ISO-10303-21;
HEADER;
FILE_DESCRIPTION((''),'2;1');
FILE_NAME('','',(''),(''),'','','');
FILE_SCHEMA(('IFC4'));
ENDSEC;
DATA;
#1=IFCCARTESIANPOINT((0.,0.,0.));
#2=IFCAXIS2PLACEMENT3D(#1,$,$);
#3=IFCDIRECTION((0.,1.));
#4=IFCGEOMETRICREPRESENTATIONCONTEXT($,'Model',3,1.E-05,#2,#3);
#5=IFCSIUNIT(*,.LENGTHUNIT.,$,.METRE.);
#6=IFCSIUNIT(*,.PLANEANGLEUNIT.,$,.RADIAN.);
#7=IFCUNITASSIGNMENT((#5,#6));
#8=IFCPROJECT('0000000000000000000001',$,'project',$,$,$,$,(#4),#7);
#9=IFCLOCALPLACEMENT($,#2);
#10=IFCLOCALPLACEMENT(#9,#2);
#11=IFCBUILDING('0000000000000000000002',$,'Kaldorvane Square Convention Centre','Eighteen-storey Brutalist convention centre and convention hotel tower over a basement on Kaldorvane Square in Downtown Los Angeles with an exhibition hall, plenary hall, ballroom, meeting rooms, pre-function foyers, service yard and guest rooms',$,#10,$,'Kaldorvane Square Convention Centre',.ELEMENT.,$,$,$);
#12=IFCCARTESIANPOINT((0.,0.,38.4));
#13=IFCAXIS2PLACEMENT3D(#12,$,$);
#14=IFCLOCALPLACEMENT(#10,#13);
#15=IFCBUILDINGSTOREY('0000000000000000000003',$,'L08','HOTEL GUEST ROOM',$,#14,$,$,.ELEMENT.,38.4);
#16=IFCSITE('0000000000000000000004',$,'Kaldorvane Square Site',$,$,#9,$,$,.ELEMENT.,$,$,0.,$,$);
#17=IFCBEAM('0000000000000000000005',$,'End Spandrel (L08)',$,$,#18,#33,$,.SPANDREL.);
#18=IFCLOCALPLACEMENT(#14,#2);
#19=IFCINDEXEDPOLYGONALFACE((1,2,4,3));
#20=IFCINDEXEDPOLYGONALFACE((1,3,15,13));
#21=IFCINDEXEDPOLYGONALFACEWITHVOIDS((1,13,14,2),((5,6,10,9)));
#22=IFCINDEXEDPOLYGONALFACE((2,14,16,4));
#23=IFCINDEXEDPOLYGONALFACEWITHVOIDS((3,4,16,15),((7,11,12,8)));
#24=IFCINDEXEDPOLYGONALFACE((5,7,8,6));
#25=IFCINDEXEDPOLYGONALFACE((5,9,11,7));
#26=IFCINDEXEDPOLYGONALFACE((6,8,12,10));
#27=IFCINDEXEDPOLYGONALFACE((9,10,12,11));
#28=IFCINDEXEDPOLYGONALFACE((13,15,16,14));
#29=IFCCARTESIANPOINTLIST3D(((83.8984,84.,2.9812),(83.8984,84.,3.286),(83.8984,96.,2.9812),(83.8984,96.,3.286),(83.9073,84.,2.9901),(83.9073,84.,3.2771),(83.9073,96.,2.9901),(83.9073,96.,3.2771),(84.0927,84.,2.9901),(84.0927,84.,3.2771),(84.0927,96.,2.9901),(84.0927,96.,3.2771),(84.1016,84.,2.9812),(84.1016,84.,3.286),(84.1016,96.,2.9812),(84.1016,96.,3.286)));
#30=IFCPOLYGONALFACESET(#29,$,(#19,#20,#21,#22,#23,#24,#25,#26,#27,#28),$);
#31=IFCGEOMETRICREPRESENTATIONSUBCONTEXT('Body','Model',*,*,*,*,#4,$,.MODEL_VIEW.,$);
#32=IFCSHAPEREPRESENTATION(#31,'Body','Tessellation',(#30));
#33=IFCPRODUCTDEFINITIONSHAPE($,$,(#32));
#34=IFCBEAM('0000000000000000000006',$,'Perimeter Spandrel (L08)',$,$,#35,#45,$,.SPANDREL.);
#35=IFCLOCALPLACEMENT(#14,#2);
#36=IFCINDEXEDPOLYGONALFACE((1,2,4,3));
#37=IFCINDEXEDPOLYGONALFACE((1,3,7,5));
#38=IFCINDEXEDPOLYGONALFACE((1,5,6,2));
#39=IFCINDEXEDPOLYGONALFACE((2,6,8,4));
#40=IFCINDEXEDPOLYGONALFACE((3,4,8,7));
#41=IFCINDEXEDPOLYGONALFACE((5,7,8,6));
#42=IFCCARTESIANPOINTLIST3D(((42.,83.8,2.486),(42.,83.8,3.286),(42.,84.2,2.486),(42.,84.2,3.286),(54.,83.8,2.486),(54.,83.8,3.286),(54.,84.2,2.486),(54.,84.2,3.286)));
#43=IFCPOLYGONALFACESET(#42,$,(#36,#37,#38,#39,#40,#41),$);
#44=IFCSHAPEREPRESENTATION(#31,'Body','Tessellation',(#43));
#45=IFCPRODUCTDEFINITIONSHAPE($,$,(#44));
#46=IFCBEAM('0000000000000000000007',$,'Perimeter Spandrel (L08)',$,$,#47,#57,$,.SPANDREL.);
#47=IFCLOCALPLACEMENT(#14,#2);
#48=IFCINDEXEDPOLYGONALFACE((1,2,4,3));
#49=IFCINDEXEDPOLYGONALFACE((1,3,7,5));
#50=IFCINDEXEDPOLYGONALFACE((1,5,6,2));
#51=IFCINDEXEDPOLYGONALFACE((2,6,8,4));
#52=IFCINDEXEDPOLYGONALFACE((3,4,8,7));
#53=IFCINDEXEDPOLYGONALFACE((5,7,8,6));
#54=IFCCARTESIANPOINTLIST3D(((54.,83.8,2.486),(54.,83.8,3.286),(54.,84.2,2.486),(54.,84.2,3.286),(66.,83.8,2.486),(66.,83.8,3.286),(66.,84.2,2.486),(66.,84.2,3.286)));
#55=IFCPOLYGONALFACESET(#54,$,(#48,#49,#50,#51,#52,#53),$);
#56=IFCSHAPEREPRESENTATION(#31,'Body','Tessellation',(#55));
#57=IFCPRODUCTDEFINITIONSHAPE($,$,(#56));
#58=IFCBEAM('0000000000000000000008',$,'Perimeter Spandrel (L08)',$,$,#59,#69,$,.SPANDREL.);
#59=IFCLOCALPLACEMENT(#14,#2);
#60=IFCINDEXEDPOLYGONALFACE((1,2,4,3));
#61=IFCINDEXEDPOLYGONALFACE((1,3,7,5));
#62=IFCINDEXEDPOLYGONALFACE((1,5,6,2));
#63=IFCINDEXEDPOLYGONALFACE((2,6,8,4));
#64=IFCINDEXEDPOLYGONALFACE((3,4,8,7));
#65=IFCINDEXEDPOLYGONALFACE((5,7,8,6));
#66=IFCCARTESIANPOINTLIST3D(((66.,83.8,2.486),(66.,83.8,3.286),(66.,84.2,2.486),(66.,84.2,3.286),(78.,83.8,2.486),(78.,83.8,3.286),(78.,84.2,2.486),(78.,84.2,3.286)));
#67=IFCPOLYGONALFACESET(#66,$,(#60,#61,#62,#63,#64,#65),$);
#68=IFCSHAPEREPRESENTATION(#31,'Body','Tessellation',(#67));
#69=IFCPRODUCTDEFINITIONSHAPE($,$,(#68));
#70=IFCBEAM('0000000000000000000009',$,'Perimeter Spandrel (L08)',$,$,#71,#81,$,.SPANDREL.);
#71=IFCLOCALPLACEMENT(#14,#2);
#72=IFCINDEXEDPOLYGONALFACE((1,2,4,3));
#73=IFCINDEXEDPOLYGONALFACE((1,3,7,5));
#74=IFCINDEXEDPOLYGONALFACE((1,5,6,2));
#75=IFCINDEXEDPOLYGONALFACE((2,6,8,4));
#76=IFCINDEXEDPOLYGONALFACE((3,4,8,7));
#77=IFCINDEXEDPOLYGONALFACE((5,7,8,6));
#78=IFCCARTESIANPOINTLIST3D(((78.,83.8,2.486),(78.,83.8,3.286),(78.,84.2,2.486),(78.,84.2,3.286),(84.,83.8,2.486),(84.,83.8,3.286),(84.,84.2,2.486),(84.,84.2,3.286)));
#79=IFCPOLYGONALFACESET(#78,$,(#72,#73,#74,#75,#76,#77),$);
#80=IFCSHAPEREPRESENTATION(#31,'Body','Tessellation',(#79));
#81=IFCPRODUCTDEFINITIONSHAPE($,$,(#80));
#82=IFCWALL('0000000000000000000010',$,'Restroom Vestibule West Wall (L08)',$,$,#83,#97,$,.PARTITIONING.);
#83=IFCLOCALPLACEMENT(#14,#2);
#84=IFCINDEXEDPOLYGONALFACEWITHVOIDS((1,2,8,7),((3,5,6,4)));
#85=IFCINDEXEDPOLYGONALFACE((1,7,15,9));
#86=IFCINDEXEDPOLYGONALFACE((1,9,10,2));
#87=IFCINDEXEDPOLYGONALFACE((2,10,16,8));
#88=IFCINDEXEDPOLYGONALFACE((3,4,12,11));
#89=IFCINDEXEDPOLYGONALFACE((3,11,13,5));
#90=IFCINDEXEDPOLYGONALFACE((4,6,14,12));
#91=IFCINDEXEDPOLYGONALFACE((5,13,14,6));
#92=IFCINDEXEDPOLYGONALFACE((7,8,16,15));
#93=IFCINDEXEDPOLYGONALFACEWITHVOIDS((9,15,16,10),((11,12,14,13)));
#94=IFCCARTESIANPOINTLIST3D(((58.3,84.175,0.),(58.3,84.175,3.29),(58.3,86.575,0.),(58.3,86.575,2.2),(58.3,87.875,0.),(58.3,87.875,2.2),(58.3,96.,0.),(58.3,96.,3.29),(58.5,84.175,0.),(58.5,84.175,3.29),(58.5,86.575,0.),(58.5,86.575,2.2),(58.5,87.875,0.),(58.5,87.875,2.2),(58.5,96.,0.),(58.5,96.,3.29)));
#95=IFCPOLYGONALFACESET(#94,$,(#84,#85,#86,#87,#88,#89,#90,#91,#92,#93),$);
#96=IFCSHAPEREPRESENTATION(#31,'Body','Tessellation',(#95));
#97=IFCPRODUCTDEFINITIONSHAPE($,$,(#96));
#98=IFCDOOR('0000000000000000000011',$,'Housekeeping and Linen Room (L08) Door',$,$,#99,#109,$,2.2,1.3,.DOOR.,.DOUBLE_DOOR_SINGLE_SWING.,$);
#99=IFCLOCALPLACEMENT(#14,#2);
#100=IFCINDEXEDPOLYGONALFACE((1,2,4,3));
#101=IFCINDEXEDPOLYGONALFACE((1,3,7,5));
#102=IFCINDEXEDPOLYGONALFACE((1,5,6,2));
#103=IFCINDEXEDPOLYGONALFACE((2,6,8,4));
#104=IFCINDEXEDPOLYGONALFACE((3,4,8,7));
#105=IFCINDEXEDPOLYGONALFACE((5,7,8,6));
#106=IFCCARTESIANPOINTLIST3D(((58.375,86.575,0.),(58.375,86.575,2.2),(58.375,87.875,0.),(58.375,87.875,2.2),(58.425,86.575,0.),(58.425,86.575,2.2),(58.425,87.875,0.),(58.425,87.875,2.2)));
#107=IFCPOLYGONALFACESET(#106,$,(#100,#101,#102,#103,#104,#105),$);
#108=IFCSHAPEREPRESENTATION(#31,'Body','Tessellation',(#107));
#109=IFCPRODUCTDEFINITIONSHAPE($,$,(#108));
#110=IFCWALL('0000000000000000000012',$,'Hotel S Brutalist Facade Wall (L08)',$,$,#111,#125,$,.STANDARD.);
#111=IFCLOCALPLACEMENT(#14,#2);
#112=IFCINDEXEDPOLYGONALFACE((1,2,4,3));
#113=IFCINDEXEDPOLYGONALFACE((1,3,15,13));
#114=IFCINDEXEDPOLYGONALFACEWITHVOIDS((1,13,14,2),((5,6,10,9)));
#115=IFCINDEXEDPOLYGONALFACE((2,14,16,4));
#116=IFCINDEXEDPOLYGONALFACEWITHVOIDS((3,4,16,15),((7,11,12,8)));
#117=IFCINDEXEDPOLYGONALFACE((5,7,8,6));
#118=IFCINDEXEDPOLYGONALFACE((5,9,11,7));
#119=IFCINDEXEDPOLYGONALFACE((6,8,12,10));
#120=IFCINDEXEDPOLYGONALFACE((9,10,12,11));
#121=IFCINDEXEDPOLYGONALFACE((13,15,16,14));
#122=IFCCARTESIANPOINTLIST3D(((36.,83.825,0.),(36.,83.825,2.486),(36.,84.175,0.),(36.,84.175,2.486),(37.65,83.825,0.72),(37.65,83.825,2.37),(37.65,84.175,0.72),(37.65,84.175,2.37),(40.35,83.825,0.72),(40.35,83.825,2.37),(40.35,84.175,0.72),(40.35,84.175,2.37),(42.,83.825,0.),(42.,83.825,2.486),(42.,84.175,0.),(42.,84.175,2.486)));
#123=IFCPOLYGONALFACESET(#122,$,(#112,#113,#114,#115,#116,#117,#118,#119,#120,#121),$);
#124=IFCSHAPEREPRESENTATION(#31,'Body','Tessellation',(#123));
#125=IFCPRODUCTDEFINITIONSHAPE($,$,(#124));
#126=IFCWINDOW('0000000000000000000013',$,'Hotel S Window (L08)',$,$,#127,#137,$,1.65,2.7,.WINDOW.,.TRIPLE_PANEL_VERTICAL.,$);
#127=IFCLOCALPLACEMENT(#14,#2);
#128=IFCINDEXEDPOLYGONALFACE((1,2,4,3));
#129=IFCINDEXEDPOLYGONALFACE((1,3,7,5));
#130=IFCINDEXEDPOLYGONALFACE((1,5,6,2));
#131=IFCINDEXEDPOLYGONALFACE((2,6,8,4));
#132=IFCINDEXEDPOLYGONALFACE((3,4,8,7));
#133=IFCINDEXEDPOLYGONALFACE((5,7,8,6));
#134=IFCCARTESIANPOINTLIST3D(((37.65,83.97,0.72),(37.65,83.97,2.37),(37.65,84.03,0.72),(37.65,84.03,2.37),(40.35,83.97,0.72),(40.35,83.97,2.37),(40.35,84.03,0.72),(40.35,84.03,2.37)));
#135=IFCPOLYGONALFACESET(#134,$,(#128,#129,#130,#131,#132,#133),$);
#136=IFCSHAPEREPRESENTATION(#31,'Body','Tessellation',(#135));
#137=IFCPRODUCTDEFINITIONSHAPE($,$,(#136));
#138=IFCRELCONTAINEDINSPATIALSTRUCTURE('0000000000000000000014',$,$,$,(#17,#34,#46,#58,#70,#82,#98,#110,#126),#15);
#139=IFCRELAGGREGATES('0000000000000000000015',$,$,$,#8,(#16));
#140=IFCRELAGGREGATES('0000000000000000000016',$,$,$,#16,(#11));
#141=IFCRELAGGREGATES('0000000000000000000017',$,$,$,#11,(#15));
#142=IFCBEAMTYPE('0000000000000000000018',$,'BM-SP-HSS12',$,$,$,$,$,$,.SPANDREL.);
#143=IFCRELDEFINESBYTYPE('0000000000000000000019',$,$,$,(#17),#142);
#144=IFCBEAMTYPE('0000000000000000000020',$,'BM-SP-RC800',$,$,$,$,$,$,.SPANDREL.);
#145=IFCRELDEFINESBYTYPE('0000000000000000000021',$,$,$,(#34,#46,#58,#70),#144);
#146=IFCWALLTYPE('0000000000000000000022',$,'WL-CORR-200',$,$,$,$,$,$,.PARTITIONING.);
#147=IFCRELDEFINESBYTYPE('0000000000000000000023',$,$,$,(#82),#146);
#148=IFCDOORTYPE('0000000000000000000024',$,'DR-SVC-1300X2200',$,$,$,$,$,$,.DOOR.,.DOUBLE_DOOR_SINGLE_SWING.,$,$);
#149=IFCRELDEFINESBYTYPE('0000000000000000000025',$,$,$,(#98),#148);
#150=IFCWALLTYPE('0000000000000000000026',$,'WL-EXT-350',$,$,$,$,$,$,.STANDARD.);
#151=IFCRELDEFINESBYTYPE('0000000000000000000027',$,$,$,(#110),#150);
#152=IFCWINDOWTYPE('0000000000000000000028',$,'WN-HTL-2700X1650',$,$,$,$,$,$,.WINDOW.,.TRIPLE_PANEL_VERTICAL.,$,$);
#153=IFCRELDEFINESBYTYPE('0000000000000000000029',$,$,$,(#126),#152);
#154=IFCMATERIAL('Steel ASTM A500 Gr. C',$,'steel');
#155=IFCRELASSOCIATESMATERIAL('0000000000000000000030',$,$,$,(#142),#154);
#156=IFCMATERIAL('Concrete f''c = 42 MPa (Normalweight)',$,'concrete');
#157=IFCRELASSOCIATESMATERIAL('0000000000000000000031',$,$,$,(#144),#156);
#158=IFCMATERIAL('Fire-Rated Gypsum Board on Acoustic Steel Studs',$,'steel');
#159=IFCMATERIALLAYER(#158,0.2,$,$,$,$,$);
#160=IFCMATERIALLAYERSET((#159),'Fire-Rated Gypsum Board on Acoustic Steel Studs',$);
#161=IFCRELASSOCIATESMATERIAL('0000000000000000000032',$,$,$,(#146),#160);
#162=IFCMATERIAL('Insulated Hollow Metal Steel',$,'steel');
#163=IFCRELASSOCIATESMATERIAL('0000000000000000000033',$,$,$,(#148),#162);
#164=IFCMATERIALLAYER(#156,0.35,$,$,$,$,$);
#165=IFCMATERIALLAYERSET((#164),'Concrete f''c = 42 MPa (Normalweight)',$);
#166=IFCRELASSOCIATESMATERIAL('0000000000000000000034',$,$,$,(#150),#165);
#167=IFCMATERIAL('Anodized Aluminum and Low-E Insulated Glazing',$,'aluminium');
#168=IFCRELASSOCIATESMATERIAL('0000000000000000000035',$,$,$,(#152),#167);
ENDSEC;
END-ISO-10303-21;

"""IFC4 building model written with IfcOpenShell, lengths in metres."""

from ifc_helpers import new_model, si_unit, direction, frame, frame_2d, origin, origin_2d, place, context, subcontext, project, spatial, rectangle, hollow_rectangle, extrude, material, layer, layer_set, material_profile, profile_set, type_object, element, fill, save


model = new_model("IFC4")

# Units and contexts
model_context = context("Model", 3, precision=1e-05, world=origin(), true_north=direction((0.0, 1.0)))
body_context = subcontext(model_context, "Body", "Model", "MODEL_VIEW")
ifc_project = project(units=[si_unit("LENGTHUNIT", "METRE"), si_unit("PLANEANGLEUNIT", "RADIAN")], contexts=[model_context])

# Site, building, storey
site_placement = place(None, origin())
site = spatial("IfcSite", under=ifc_project, at=site_placement, Name="Kaldorvane Square Site", CompositionType="ELEMENT", RefElevation=0.0)
building_placement = place(site_placement, origin())
building = spatial("IfcBuilding", under=site, at=building_placement, Name="Kaldorvane Square Convention Centre", Description="Eighteen-storey Brutalist convention centre and convention hotel tower over a basement on Kaldorvane Square in Downtown Los Angeles with an exhibition hall, plenary hall, ballroom, meeting rooms, pre-function foyers, service yard and guest rooms", LongName="Kaldorvane Square Convention Centre", CompositionType="ELEMENT")
storey_placement = place(building_placement, frame((0.0, 0.0, 38.4)))
storey = spatial("IfcBuildingStorey", under=building, at=storey_placement, Name="L08", Description="HOTEL GUEST ROOM", CompositionType="ELEMENT", Elevation=38.4)

# Shared definitions
ifc_material_1 = material(Name="Concrete f'c = 42 MPa (Normalweight)", Category="concrete")

# Beams
ifc_material_2 = material(Name="Steel ASTM A500 Gr. C", Category="steel")
ifc_material_profile_1 = material_profile(ifc_material_2, hollow_rectangle(XDim=0.2032, YDim=0.3048, WallThickness=0.0089, at=origin_2d()), Name="HSS12X8X3/8")
ifc_profile_set_1 = profile_set([ifc_material_profile_1], Name="Steel ASTM A500 Gr. C")
beam_type_1 = type_object("IfcBeamType", Name="BM-SP-HSS12", PredefinedType="SPANDREL", material=ifc_profile_set_1)
beam_1_placement = place(storey_placement, frame((84.0, 84.0, 3.1336), z_axis=(0.0, 1.0, 0.0), x_axis=(-1.0, 0.0, 0.0)))
element("IfcBeam", 1, at=beam_1_placement, inside=storey, type_object=beam_type_1, Name="End Spandrel (L08)", PredefinedType="SPANDREL", context=body_context, shape_type="SweptSolid", body=[
    extrude(hollow_rectangle(XDim=0.2032, YDim=0.3048, WallThickness=0.0089, at=origin_2d()), origin(), (0.0, 0.0, 1.0), 12.0),
])
ifc_material_profile_2 = material_profile(ifc_material_1, rectangle(XDim=0.4, YDim=0.8, at=origin_2d()), Name="RCSP800X400")
ifc_profile_set_2 = profile_set([ifc_material_profile_2], Name="Concrete f'c = 42 MPa (Normalweight)")
beam_type_2 = type_object("IfcBeamType", Name="BM-SP-RC800", PredefinedType="SPANDREL", material=ifc_profile_set_2)
for number, where, z_axis, x_axis, name in (
    (2, (42.0, 84.0, 2.886), (1.0, 0.0, 0.0), (0.0, 1.0, 0.0), "Perimeter Spandrel (L08)"),
    (3, (54.0, 84.0, 2.886), (1.0, 0.0, 0.0), (0.0, 1.0, 0.0), "Perimeter Spandrel (L08)"),
    (4, (66.0, 84.0, 2.886), (1.0, 0.0, 0.0), (0.0, 1.0, 0.0), "Perimeter Spandrel (L08)"),
):
    element("IfcBeam", number, at=place(storey_placement, frame(where, z_axis=z_axis, x_axis=x_axis)), inside=storey, type_object=beam_type_2, Name=name, PredefinedType="SPANDREL", context=body_context, shape_type="SweptSolid", body=[
        extrude(rectangle(XDim=0.4, YDim=0.8, at=origin_2d()), origin(), (0.0, 0.0, 1.0), 12.0),
    ])
beam_2_placement = place(storey_placement, frame((78.0, 84.0, 2.886), z_axis=(1.0, 0.0, 0.0), x_axis=(0.0, 1.0, 0.0)))
element("IfcBeam", 5, at=beam_2_placement, inside=storey, type_object=beam_type_2, Name="Perimeter Spandrel (L08)", PredefinedType="SPANDREL", context=body_context, shape_type="SweptSolid", body=[
    extrude(rectangle(XDim=0.4, YDim=0.8, at=origin_2d()), origin(), (0.0, 0.0, 1.0), 6.0),
])

# Wall, opening, door
ifc_material_3 = material(Name="Fire-Rated Gypsum Board on Acoustic Steel Studs", Category="steel")
ifc_layer_1 = layer(ifc_material_3, 0.2)
ifc_layer_set_1 = layer_set([ifc_layer_1], Name="Fire-Rated Gypsum Board on Acoustic Steel Studs")
wall_type_1 = type_object("IfcWallType", Name="WL-CORR-200", PredefinedType="PARTITIONING", material=ifc_layer_set_1)
wall_1_placement = place(storey_placement, frame((58.4, 84.175, 0.0), z_axis=(0.0, 0.0, 1.0), x_axis=(0.0, 1.0, 0.0)))
wall_1 = element("IfcWall", 6, at=wall_1_placement, inside=storey, type_object=wall_type_1, Name="Restroom Vestibule West Wall (L08)", PredefinedType="PARTITIONING", context=body_context, shape_type="SweptSolid", body=[
    extrude(rectangle(XDim=11.825, YDim=0.2, at=frame_2d((5.9125, 0.0))), origin(), (0.0, 0.0, 1.0), 3.29),
])
opening_1_placement = place(wall_1_placement, frame((2.4, 0.0, 0.0)))
opening_1 = element("IfcOpeningElement", 7, at=opening_1_placement, cuts=wall_1, PredefinedType="OPENING", context=body_context, shape_type="SweptSolid", body=[
    extrude(rectangle(XDim=1.3, YDim=2.2, at=frame_2d((0.65, 1.1))), frame((0.0, 0.115, 0.0), z_axis=(0.0, -1.0, 0.0), x_axis=(1.0, 0.0, 0.0)), (0.0, 0.0, 1.0), 0.23),
])
ifc_material_4 = material(Name="Insulated Hollow Metal Steel", Category="steel")
door_type = type_object("IfcDoorType", Name="DR-SVC-1300X2200", OperationType="DOUBLE_DOOR_SINGLE_SWING", PredefinedType="DOOR", material=ifc_material_4)
door_placement = place(opening_1_placement, origin())
door = element("IfcDoor", 8, at=door_placement, inside=storey, type_object=door_type, Name="Housekeeping and Linen Room (L08) Door", OperationType="DOUBLE_DOOR_SINGLE_SWING", OverallHeight=2.2, OverallWidth=1.3, PredefinedType="DOOR", context=body_context, shape_type="SweptSolid", body=[
    extrude(rectangle(XDim=1.3, YDim=2.2, at=frame_2d((0.65, 1.1))), frame((0.0, 0.025, 0.0), z_axis=(0.0, -1.0, 0.0), x_axis=(1.0, 0.0, 0.0)), (0.0, 0.0, 1.0), 0.05),
])
fill(opening_1, door)

# Wall, opening, window
ifc_layer_2 = layer(ifc_material_1, 0.35)
ifc_layer_set_2 = layer_set([ifc_layer_2], Name="Concrete f'c = 42 MPa (Normalweight)")
wall_type_2 = type_object("IfcWallType", Name="WL-EXT-350", PredefinedType="STANDARD", material=ifc_layer_set_2)
wall_2_placement = place(storey_placement, frame((36.0, 84.0, 0.0), z_axis=(0.0, 0.0, 1.0), x_axis=(1.0, 0.0, 0.0)))
wall_2 = element("IfcWall", 9, at=wall_2_placement, inside=storey, type_object=wall_type_2, Name="Hotel S Brutalist Facade Wall (L08)", PredefinedType="STANDARD", context=body_context, shape_type="SweptSolid", body=[
    extrude(rectangle(XDim=6.0, YDim=0.35, at=frame_2d((3.0, 0.0))), origin(), (0.0, 0.0, 1.0), 2.486),
])
opening_2_placement = place(wall_2_placement, frame((1.65, 0.0, 0.72)))
opening_2 = element("IfcOpeningElement", 10, at=opening_2_placement, cuts=wall_2, PredefinedType="OPENING", context=body_context, shape_type="SweptSolid", body=[
    extrude(rectangle(XDim=2.7, YDim=1.65, at=frame_2d((1.35, 0.825))), frame((0.0, 0.19, 0.0), z_axis=(0.0, -1.0, 0.0), x_axis=(1.0, 0.0, 0.0)), (0.0, 0.0, 1.0), 0.38),
])
ifc_material_5 = material(Name="Anodized Aluminum and Low-E Insulated Glazing", Category="aluminium")
window_type_1 = type_object("IfcWindowType", Name="WN-HTL-2700X1650", PartitioningType="TRIPLE_PANEL_VERTICAL", PredefinedType="WINDOW", material=ifc_material_5)
window_1_placement = place(opening_2_placement, origin())
window_1 = element("IfcWindow", 11, at=window_1_placement, inside=storey, type_object=window_type_1, Name="Hotel S Window (L08)", OverallHeight=1.65, OverallWidth=2.7, PartitioningType="TRIPLE_PANEL_VERTICAL", PredefinedType="WINDOW", context=body_context, shape_type="SweptSolid", body=[
    extrude(rectangle(XDim=2.7, YDim=1.65, at=frame_2d((1.35, 0.825))), frame((0.0, 0.03, 0.0), z_axis=(0.0, -1.0, 0.0), x_axis=(1.0, 0.0, 0.0)), (0.0, 0.0, 1.0), 0.06),
])
fill(opening_2, window_1)

save(model, "model.ifc")
